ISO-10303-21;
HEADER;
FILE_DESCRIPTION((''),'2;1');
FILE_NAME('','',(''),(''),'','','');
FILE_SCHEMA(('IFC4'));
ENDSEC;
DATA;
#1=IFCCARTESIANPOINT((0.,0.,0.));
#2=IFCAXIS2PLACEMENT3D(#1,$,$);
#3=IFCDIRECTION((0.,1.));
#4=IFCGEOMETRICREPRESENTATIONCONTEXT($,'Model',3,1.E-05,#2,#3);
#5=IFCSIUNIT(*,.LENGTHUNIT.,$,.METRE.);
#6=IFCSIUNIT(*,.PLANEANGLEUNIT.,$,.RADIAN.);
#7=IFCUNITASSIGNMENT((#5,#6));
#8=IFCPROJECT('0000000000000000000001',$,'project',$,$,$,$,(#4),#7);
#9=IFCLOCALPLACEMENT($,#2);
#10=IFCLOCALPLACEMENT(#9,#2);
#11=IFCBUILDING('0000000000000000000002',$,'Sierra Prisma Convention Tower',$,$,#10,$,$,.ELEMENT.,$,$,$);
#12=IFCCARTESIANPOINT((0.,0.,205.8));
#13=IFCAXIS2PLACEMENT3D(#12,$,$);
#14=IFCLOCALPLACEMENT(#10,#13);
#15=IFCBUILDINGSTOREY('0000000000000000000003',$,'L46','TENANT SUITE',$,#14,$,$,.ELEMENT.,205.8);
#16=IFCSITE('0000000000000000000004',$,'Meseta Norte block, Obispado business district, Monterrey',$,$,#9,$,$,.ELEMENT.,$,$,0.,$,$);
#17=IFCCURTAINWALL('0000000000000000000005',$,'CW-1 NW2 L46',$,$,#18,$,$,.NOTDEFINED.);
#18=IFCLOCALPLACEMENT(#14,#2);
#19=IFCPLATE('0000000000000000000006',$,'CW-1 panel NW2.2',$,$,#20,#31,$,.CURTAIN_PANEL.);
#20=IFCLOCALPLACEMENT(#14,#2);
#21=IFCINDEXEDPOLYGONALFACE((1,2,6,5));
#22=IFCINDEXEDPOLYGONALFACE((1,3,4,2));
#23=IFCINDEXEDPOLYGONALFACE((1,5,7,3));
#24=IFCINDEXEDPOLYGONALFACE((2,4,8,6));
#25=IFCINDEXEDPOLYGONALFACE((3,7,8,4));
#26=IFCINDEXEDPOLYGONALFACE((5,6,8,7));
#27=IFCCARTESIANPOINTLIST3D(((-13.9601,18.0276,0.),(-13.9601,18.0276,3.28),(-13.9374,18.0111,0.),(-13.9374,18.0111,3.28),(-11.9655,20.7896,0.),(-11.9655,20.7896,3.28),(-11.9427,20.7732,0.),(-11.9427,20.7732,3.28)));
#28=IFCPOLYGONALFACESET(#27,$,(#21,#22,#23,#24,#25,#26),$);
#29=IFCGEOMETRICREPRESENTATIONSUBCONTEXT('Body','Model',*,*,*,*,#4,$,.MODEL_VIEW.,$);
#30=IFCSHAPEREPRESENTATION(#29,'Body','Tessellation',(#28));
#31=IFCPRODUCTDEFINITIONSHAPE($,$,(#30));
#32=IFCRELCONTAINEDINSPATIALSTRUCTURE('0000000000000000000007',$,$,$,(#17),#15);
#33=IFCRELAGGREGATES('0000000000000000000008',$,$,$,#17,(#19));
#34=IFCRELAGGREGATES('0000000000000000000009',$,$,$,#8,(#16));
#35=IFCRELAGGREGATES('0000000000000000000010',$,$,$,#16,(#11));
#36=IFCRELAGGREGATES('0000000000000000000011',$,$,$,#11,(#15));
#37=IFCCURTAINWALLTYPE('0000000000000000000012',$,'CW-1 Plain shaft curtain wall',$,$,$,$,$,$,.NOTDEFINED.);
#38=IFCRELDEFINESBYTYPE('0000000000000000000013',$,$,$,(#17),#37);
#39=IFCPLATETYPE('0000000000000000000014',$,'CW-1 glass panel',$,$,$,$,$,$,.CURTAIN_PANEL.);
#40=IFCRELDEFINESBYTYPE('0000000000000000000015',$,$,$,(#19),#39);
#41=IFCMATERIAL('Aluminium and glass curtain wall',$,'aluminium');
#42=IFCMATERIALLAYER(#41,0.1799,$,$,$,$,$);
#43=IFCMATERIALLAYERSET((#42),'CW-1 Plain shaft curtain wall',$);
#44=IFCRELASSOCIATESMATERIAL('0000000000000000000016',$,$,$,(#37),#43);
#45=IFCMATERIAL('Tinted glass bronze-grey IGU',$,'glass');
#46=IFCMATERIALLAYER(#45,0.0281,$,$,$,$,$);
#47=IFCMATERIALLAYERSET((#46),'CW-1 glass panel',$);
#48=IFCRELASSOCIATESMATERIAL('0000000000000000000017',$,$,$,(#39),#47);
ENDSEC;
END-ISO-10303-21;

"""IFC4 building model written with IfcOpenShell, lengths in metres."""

from ifc_helpers import new_model, si_unit, direction, frame, origin, origin_2d, place, context, subcontext, project, spatial, rectangle, extrude, material, layer, layer_set, type_object, element, aggregate, save


model = new_model("IFC4")

# Units and contexts
model_context = context("Model", 3, precision=1e-05, world=origin(), true_north=direction((0.0, 1.0)))
body_context = subcontext(model_context, "Body", "Model", "MODEL_VIEW")
ifc_project = project(units=[si_unit("LENGTHUNIT", "METRE"), si_unit("PLANEANGLEUNIT", "RADIAN")], contexts=[model_context])

# Site, building, storey
site_placement = place(None, origin())
site = spatial("IfcSite", under=ifc_project, at=site_placement, Name="Meseta Norte block, Obispado business district, Monterrey", CompositionType="ELEMENT", RefElevation=0.0)
building_placement = place(site_placement, origin())
building = spatial("IfcBuilding", under=site, at=building_placement, Name="Sierra Prisma Convention Tower", CompositionType="ELEMENT")
storey_placement = place(building_placement, frame((0.0, 0.0, 205.8)))
storey = spatial("IfcBuildingStorey", under=building, at=storey_placement, Name="L46", Description="TENANT SUITE", CompositionType="ELEMENT", Elevation=205.8)

# Shared definitions
ifc_material_1 = material(Name="Aluminium and glass curtain wall", Category="aluminium")
ifc_layer_1 = layer(ifc_material_1, 0.1799)
ifc_layer_set_1 = layer_set([ifc_layer_1], Name="CW-1 Plain shaft curtain wall")
curtain_wall_type = type_object("IfcCurtainWallType", Name="CW-1 Plain shaft curtain wall", PredefinedType="NOTDEFINED", material=ifc_layer_set_1)

# Curtain wall
curtain_wall_1_placement = place(storey_placement, origin())
curtain_wall_1 = element("IfcCurtainWall", 1, at=curtain_wall_1_placement, inside=storey, type_object=curtain_wall_type, Name="CW-1 NW2 L46", PredefinedType="NOTDEFINED")

# Plate
ifc_material_2 = material(Name="Tinted glass bronze-grey IGU", Category="glass")
ifc_layer_2 = layer(ifc_material_2, 0.0281)
ifc_layer_set_2 = layer_set([ifc_layer_2], Name="CW-1 glass panel")
plate_type = type_object("IfcPlateType", Name="CW-1 glass panel", PredefinedType="CURTAIN_PANEL", material=ifc_layer_set_2)
plate_1_placement = place(storey_placement, frame((-12.9514, 19.4004, 0.0), z_axis=(0.0, 0.0, 1.0), x_axis=(-0.58546, -0.810701, 0.0)))
plate_1 = element("IfcPlate", 2, at=plate_1_placement, type_object=plate_type, Name="CW-1 panel NW2.2", PredefinedType="CURTAIN_PANEL", context=body_context, shape_type="SweptSolid", body=[
    extrude(rectangle(XDim=3.407, YDim=0.0281, at=origin_2d()), origin(), (0.0, 0.0, 1.0), 3.28),
])
aggregate(curtain_wall_1, [plate_1])

save(model, "model.ifc")
